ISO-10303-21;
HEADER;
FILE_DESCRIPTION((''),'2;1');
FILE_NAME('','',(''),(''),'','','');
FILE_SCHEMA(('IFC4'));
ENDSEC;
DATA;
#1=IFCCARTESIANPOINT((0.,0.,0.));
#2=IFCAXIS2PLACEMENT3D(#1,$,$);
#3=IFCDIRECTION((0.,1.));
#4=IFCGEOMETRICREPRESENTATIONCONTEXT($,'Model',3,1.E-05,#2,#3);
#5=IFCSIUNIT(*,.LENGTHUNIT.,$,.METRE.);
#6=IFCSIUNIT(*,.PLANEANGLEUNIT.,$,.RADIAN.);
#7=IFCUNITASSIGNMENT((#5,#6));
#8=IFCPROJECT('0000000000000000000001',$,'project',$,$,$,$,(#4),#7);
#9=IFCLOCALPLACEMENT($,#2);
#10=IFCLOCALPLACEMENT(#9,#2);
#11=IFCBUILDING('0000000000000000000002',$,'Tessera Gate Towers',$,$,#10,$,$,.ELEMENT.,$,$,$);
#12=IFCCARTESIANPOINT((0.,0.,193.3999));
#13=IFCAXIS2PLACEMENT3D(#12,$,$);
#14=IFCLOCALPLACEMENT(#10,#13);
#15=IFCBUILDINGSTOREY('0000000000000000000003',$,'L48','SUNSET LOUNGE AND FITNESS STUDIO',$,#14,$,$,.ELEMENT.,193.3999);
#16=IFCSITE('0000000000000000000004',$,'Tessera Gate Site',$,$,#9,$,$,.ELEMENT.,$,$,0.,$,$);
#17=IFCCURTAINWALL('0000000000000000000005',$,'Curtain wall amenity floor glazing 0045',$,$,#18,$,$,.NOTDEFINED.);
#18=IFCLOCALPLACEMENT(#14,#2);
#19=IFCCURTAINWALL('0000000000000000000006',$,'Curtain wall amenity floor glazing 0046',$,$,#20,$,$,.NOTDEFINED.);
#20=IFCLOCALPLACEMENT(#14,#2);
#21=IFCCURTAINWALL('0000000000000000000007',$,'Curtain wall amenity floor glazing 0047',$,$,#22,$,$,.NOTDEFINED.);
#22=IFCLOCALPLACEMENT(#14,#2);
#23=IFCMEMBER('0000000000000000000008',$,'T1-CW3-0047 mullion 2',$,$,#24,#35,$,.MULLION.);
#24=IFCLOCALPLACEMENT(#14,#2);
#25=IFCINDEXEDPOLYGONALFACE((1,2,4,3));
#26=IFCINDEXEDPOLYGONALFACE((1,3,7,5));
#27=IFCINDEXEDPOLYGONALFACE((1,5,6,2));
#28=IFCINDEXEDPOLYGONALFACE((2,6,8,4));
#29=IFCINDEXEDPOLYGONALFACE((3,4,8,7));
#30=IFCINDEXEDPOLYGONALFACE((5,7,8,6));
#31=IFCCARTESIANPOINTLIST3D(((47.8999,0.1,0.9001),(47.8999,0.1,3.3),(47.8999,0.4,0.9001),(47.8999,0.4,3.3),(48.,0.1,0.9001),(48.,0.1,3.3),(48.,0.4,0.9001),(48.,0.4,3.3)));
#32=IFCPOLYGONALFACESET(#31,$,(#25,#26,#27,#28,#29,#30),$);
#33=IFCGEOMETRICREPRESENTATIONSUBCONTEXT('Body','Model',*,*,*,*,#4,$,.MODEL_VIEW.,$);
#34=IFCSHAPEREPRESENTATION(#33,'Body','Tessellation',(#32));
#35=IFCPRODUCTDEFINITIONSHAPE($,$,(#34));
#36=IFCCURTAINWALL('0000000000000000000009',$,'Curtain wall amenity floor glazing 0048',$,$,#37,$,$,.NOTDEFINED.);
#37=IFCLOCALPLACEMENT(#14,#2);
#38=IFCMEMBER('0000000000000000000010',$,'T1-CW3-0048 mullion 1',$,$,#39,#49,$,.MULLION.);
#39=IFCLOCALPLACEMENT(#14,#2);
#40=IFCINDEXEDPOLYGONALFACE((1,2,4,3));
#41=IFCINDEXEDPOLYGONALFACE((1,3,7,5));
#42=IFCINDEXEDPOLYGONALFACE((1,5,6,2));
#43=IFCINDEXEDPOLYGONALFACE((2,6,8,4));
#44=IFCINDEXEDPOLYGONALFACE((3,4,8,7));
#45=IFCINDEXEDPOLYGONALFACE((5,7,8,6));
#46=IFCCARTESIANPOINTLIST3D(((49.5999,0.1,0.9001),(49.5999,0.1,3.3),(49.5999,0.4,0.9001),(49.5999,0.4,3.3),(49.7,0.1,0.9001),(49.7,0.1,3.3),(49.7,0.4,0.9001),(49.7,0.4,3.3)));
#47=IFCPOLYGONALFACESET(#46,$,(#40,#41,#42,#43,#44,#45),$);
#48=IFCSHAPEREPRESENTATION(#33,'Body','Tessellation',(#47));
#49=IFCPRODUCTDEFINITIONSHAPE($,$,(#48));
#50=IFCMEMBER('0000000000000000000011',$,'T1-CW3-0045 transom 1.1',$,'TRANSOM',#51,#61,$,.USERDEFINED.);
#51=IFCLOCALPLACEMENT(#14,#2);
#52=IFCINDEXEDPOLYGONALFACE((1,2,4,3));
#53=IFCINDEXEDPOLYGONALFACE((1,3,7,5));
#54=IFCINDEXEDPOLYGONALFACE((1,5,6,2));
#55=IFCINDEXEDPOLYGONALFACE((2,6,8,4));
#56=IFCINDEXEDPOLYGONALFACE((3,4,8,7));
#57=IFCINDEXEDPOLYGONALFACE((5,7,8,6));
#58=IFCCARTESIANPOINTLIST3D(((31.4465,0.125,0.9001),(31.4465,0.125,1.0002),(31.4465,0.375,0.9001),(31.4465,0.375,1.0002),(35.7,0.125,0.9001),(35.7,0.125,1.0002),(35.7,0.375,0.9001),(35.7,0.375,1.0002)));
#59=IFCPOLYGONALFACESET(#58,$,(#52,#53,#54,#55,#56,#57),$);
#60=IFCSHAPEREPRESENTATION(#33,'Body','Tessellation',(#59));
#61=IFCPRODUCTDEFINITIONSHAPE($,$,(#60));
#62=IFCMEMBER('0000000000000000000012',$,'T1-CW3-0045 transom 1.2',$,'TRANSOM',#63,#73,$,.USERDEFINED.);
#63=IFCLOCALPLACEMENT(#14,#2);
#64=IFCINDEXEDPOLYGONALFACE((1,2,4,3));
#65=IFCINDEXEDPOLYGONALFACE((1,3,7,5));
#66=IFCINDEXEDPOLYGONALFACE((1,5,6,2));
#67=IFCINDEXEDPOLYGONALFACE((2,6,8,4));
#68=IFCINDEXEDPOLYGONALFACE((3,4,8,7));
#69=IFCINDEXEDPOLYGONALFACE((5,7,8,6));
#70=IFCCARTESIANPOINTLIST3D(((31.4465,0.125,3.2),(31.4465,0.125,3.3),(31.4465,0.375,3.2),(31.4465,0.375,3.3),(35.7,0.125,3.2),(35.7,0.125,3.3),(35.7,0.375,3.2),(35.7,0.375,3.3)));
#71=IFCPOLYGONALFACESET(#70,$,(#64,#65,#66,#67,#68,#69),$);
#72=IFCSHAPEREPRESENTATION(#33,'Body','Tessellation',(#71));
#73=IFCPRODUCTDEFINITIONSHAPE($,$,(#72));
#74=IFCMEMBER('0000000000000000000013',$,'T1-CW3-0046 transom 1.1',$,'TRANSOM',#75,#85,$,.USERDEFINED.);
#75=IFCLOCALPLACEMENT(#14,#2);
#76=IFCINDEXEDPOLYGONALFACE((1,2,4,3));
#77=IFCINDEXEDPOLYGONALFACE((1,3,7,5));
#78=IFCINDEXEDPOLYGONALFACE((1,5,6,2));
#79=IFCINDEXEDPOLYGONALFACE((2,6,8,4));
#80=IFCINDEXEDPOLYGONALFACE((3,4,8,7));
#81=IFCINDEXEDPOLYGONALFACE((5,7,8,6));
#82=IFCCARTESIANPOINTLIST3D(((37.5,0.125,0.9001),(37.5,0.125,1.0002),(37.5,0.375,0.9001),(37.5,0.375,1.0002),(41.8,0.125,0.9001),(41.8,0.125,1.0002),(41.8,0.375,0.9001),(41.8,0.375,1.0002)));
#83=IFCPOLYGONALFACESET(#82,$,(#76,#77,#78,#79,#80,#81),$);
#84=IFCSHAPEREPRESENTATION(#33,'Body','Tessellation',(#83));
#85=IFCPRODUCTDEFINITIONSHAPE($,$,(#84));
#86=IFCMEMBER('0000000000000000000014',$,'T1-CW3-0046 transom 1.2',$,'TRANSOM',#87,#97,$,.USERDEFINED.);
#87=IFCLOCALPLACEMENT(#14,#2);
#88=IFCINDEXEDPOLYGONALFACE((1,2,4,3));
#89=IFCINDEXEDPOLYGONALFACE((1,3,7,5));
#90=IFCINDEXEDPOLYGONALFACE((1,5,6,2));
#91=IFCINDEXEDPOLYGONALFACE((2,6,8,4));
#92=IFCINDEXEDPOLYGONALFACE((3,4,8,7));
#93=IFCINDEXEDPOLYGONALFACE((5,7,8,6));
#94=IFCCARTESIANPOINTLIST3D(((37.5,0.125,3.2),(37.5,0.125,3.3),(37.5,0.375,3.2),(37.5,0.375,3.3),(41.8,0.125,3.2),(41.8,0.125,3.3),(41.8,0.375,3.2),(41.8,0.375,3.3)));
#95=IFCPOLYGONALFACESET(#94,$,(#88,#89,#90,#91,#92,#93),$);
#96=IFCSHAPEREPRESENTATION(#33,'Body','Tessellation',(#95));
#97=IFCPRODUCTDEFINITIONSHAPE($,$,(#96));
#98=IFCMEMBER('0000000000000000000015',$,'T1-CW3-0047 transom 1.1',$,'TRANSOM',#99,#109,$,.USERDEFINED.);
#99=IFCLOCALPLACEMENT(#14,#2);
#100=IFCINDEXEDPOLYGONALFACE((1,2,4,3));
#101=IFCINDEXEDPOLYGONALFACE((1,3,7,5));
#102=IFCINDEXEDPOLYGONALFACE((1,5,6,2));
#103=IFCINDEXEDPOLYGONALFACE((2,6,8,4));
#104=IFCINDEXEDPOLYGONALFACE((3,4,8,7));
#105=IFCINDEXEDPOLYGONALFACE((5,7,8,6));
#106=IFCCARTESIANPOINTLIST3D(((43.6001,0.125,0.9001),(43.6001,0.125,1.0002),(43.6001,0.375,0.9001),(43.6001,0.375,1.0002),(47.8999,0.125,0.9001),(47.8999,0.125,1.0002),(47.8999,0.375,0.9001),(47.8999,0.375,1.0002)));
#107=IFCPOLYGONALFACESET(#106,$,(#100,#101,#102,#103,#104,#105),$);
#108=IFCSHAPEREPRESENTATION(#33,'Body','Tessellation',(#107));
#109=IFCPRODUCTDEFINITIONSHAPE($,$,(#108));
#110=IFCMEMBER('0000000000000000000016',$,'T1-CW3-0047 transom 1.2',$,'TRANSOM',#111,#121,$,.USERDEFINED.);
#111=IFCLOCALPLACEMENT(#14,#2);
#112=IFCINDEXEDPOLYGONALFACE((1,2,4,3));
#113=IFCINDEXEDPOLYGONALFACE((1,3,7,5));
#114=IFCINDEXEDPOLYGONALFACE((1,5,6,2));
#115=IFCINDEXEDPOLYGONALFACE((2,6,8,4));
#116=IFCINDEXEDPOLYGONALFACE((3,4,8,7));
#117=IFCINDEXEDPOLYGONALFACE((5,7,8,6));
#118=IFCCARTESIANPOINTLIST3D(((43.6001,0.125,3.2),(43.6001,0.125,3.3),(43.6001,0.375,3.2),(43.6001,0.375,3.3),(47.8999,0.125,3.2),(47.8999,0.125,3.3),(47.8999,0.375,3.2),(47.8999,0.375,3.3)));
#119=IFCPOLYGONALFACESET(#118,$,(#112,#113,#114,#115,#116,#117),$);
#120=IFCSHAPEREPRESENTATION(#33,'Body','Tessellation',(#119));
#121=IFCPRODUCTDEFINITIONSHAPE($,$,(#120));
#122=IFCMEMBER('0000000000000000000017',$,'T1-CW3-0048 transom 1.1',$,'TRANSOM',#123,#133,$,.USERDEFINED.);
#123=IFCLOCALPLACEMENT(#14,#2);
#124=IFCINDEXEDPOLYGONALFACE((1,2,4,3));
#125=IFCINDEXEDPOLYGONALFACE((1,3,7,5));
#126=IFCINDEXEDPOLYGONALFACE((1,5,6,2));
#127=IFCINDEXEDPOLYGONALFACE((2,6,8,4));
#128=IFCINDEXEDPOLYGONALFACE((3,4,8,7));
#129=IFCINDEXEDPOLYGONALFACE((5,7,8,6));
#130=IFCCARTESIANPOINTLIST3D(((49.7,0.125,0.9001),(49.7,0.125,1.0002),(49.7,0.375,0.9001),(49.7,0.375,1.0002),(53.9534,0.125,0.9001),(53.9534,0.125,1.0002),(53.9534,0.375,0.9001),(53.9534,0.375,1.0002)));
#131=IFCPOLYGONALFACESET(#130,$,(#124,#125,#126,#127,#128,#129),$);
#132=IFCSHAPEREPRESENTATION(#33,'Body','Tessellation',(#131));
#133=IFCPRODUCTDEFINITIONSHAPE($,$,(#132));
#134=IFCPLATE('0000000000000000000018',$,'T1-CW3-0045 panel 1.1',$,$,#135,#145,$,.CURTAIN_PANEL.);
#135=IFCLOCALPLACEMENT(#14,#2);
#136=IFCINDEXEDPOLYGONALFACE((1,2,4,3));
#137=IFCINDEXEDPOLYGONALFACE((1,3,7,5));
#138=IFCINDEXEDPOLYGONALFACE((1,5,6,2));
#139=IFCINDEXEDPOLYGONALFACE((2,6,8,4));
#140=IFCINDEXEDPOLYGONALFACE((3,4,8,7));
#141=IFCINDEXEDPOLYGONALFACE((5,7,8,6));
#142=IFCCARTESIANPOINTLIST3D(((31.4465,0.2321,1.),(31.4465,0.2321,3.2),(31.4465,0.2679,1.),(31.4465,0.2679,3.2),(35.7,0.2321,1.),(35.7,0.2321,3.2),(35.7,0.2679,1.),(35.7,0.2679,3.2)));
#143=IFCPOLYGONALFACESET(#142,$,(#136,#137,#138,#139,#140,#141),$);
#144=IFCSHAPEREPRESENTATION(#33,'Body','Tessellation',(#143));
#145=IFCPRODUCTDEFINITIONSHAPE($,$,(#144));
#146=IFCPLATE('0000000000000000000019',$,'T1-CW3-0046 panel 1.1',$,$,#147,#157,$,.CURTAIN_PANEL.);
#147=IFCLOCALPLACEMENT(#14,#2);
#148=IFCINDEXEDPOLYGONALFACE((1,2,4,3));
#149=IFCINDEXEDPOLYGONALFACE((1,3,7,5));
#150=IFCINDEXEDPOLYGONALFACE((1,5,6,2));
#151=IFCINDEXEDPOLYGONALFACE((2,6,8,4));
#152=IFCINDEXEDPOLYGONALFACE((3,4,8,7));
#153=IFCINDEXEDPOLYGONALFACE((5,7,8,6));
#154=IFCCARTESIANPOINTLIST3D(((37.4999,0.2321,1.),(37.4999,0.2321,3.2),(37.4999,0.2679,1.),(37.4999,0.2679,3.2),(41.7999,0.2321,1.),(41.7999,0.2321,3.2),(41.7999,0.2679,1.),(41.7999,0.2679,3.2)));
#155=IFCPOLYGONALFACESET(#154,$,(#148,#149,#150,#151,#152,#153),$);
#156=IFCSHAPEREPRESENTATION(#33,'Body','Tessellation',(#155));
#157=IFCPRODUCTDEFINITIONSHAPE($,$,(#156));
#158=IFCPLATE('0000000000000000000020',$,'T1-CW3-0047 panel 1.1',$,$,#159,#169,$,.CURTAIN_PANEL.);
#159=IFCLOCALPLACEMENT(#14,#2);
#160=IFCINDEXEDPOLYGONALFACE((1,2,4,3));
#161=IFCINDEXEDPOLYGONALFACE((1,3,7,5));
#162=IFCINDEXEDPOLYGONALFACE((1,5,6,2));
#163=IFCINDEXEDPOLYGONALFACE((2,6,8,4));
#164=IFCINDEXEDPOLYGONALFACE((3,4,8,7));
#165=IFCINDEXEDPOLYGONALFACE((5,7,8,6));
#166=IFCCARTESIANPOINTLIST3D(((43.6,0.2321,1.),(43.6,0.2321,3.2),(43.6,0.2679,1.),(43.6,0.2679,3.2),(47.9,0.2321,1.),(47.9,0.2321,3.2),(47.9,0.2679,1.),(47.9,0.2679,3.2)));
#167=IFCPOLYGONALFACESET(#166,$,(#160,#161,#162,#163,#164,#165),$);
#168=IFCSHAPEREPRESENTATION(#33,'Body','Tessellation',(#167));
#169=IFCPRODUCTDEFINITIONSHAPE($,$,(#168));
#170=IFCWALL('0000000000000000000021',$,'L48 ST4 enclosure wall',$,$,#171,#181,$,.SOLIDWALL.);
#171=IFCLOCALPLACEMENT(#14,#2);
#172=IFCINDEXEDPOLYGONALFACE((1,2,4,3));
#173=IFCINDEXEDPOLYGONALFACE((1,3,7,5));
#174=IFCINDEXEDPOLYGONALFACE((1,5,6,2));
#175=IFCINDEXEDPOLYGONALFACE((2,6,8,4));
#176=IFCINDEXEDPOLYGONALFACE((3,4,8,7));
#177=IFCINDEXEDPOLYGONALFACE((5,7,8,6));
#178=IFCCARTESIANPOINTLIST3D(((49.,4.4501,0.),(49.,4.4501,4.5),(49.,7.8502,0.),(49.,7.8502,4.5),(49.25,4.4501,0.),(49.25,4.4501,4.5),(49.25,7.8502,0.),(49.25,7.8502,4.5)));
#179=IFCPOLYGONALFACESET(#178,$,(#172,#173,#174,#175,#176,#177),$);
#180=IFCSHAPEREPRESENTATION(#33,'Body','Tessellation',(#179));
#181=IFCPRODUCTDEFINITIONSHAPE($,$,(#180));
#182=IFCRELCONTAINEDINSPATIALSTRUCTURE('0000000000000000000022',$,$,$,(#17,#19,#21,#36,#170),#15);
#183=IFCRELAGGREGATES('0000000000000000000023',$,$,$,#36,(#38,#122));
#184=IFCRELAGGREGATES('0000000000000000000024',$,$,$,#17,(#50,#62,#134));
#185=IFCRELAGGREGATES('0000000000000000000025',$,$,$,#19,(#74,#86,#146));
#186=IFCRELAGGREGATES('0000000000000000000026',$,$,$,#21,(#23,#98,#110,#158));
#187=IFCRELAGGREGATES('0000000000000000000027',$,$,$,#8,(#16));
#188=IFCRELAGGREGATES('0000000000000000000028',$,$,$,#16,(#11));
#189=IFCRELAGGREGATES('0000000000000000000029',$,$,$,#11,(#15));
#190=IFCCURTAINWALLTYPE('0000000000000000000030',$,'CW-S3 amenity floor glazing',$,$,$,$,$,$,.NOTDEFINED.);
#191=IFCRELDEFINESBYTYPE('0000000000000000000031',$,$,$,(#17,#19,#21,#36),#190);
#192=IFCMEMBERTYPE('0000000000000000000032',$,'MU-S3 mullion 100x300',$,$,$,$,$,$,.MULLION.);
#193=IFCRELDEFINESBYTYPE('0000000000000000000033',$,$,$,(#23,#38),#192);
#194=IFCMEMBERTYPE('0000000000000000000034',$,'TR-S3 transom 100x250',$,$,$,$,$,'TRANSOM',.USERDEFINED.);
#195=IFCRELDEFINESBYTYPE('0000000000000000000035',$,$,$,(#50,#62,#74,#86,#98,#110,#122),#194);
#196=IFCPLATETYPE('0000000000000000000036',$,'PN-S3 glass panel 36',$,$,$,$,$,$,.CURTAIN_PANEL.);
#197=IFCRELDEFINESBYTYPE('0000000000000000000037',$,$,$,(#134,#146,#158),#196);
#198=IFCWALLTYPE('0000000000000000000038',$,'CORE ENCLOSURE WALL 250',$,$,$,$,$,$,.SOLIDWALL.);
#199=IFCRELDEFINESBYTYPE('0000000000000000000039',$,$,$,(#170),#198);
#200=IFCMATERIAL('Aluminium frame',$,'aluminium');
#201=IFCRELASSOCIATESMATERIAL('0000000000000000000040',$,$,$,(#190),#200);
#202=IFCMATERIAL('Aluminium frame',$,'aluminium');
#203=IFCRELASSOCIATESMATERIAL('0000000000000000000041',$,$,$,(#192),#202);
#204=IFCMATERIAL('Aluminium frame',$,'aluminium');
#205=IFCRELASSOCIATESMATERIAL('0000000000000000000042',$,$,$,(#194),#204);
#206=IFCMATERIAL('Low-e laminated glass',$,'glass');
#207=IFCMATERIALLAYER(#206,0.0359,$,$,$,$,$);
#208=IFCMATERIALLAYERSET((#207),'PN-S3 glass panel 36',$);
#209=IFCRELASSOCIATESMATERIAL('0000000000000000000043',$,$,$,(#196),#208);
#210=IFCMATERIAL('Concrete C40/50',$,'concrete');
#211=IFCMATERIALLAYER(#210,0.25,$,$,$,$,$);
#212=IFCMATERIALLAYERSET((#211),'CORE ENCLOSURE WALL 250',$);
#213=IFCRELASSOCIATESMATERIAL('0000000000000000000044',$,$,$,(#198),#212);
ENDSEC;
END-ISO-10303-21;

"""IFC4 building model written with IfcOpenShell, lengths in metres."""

from ifc_helpers import new_model, si_unit, direction, frame, frame_2d, origin, origin_2d, place, context, subcontext, project, spatial, rectangle, extrude, material, layer, layer_set, material_profile, profile_set, type_object, element, aggregate, save


model = new_model("IFC4")

# Units and contexts
model_context = context("Model", 3, precision=1e-05, world=origin(), true_north=direction((0.0, 1.0)))
body_context = subcontext(model_context, "Body", "Model", "MODEL_VIEW")
ifc_project = project(units=[si_unit("LENGTHUNIT", "METRE"), si_unit("PLANEANGLEUNIT", "RADIAN")], contexts=[model_context])

# Site, building, storey
site_placement = place(None, origin())
site = spatial("IfcSite", under=ifc_project, at=site_placement, Name="Tessera Gate Site", CompositionType="ELEMENT", RefElevation=0.0)
building_placement = place(site_placement, origin())
building = spatial("IfcBuilding", under=site, at=building_placement, Name="Tessera Gate Towers", CompositionType="ELEMENT")
storey_placement = place(building_placement, frame((0.0, 0.0, 193.3999)))
storey = spatial("IfcBuildingStorey", under=building, at=storey_placement, Name="L48", Description="SUNSET LOUNGE AND FITNESS STUDIO", CompositionType="ELEMENT", Elevation=193.3999)

# Curtain walls, member
ifc_material_1 = material(Name="Aluminium frame", Category="aluminium")
curtain_wall_type = type_object("IfcCurtainWallType", Name="CW-S3 amenity floor glazing", PredefinedType="NOTDEFINED", material=ifc_material_1)
curtain_wall_1_placement = place(storey_placement, origin())
curtain_wall_1 = element("IfcCurtainWall", 1, at=curtain_wall_1_placement, inside=storey, type_object=curtain_wall_type, Name="Curtain wall amenity floor glazing 0045", PredefinedType="NOTDEFINED")
ifc_material_2 = material(Name="Aluminium frame", Category="aluminium")
ifc_material_profile_1 = material_profile(ifc_material_2, rectangle(XDim=0.1001, YDim=0.3, at=origin_2d()), Name="AL 100x300")
ifc_profile_set_1 = profile_set([ifc_material_profile_1], Name="Aluminium frame")
member_type_1 = type_object("IfcMemberType", Name="MU-S3 mullion 100x300", PredefinedType="MULLION", material=ifc_profile_set_1)
curtain_wall_2_placement = place(storey_placement, origin())
curtain_wall_2 = element("IfcCurtainWall", 2, at=curtain_wall_2_placement, inside=storey, type_object=curtain_wall_type, Name="Curtain wall amenity floor glazing 0046", PredefinedType="NOTDEFINED")
curtain_wall_3_placement = place(storey_placement, origin())
curtain_wall_3 = element("IfcCurtainWall", 3, at=curtain_wall_3_placement, inside=storey, type_object=curtain_wall_type, Name="Curtain wall amenity floor glazing 0047", PredefinedType="NOTDEFINED")
member_1_placement = place(storey_placement, frame((47.95, 0.25, 0.9001), z_axis=(0.0, 0.0, 1.0), x_axis=(1.0, 0.0, 0.0)))
member_1 = element("IfcMember", 4, at=member_1_placement, type_object=member_type_1, Name="T1-CW3-0047 mullion 2", PredefinedType="MULLION", context=body_context, shape_type="SweptSolid", body=[
    extrude(rectangle(XDim=0.1001, YDim=0.3, at=origin_2d()), origin(), (0.0, 0.0, 1.0), 2.3999),
])

# Curtain wall, member
curtain_wall_4_placement = place(storey_placement, origin())
curtain_wall_4 = element("IfcCurtainWall", 5, at=curtain_wall_4_placement, inside=storey, type_object=curtain_wall_type, Name="Curtain wall amenity floor glazing 0048", PredefinedType="NOTDEFINED")
member_2_placement = place(storey_placement, frame((49.6499, 0.25, 0.9001), z_axis=(0.0, 0.0, 1.0), x_axis=(1.0, 0.0, 0.0)))
member_2 = element("IfcMember", 6, at=member_2_placement, type_object=member_type_1, Name="T1-CW3-0048 mullion 1", PredefinedType="MULLION", context=body_context, shape_type="SweptSolid", body=[
    extrude(rectangle(XDim=0.1001, YDim=0.3, at=origin_2d()), origin(), (0.0, 0.0, 1.0), 2.3999),
])

# Members
ifc_material_3 = material(Name="Aluminium frame", Category="aluminium")
ifc_material_profile_2 = material_profile(ifc_material_3, rectangle(XDim=0.25, YDim=0.1001, at=origin_2d()), Name="AL 100x250")
ifc_profile_set_2 = profile_set([ifc_material_profile_2], Name="Aluminium frame")
member_type_2 = type_object("IfcMemberType", Name="TR-S3 transom 100x250", ElementType="TRANSOM", PredefinedType="USERDEFINED", material=ifc_profile_set_2)
member_3_placement = place(storey_placement, frame((31.4465, 0.25, 0.9502), z_axis=(1.0, 0.0, 0.0), x_axis=(0.0, 1.0, 0.0)))
member_3 = element("IfcMember", 7, at=member_3_placement, type_object=member_type_2, Name="T1-CW3-0045 transom 1.1", ObjectType="TRANSOM", PredefinedType="USERDEFINED", context=body_context, shape_type="SweptSolid", body=[
    extrude(rectangle(XDim=0.25, YDim=0.1001, at=origin_2d()), origin(), (0.0, 0.0, 1.0), 4.2534),
])
member_4_placement = place(storey_placement, frame((31.4465, 0.25, 3.25), z_axis=(1.0, 0.0, 0.0), x_axis=(0.0, 1.0, 0.0)))
member_4 = element("IfcMember", 8, at=member_4_placement, type_object=member_type_2, Name="T1-CW3-0045 transom 1.2", ObjectType="TRANSOM", PredefinedType="USERDEFINED", context=body_context, shape_type="SweptSolid", body=[
    extrude(rectangle(XDim=0.25, YDim=0.1001, at=origin_2d()), origin(), (0.0, 0.0, 1.0), 4.2534),
])
member_5_placement = place(storey_placement, frame((37.5, 0.25, 0.9502), z_axis=(1.0, 0.0, 0.0), x_axis=(0.0, 1.0, 0.0)))
member_5 = element("IfcMember", 9, at=member_5_placement, type_object=member_type_2, Name="T1-CW3-0046 transom 1.1", ObjectType="TRANSOM", PredefinedType="USERDEFINED", context=body_context, shape_type="SweptSolid", body=[
    extrude(rectangle(XDim=0.25, YDim=0.1001, at=origin_2d()), origin(), (0.0, 0.0, 1.0), 4.3),
])
member_6_placement = place(storey_placement, frame((37.5, 0.25, 3.25), z_axis=(1.0, 0.0, 0.0), x_axis=(0.0, 1.0, 0.0)))
member_6 = element("IfcMember", 10, at=member_6_placement, type_object=member_type_2, Name="T1-CW3-0046 transom 1.2", ObjectType="TRANSOM", PredefinedType="USERDEFINED", context=body_context, shape_type="SweptSolid", body=[
    extrude(rectangle(XDim=0.25, YDim=0.1001, at=origin_2d()), origin(), (0.0, 0.0, 1.0), 4.3),
])
member_7_placement = place(storey_placement, frame((43.6001, 0.25, 0.9502), z_axis=(1.0, 0.0, 0.0), x_axis=(0.0, 1.0, 0.0)))
member_7 = element("IfcMember", 11, at=member_7_placement, type_object=member_type_2, Name="T1-CW3-0047 transom 1.1", ObjectType="TRANSOM", PredefinedType="USERDEFINED", context=body_context, shape_type="SweptSolid", body=[
    extrude(rectangle(XDim=0.25, YDim=0.1001, at=origin_2d()), origin(), (0.0, 0.0, 1.0), 4.2998),
])
member_8_placement = place(storey_placement, frame((43.6001, 0.25, 3.25), z_axis=(1.0, 0.0, 0.0), x_axis=(0.0, 1.0, 0.0)))
member_8 = element("IfcMember", 12, at=member_8_placement, type_object=member_type_2, Name="T1-CW3-0047 transom 1.2", ObjectType="TRANSOM", PredefinedType="USERDEFINED", context=body_context, shape_type="SweptSolid", body=[
    extrude(rectangle(XDim=0.25, YDim=0.1001, at=origin_2d()), origin(), (0.0, 0.0, 1.0), 4.2998),
])
member_9_placement = place(storey_placement, frame((49.7, 0.25, 0.9502), z_axis=(1.0, 0.0, 0.0), x_axis=(0.0, 1.0, 0.0)))
member_9 = element("IfcMember", 13, at=member_9_placement, type_object=member_type_2, Name="T1-CW3-0048 transom 1.1", ObjectType="TRANSOM", PredefinedType="USERDEFINED", context=body_context, shape_type="SweptSolid", body=[
    extrude(rectangle(XDim=0.25, YDim=0.1001, at=origin_2d()), origin(), (0.0, 0.0, 1.0), 4.2534),
])
aggregate(curtain_wall_4, [member_2, member_9])

# Plates
ifc_material_4 = material(Name="Low-e laminated glass", Category="glass")
ifc_layer_1 = layer(ifc_material_4, 0.0359)
ifc_layer_set_1 = layer_set([ifc_layer_1], Name="PN-S3 glass panel 36")
plate_type = type_object("IfcPlateType", Name="PN-S3 glass panel 36", PredefinedType="CURTAIN_PANEL", material=ifc_layer_set_1)
plate_1_placement = place(storey_placement, frame((33.5732, 0.25, 1.0), z_axis=(0.0, 0.0, 1.0), x_axis=(1.0, 0.0, 0.0)))
plate_1 = element("IfcPlate", 14, at=plate_1_placement, type_object=plate_type, Name="T1-CW3-0045 panel 1.1", PredefinedType="CURTAIN_PANEL", context=body_context, shape_type="SweptSolid", body=[
    extrude(rectangle(XDim=4.2534, YDim=0.0359, at=origin_2d()), origin(), (0.0, 0.0, 1.0), 2.2),
])
aggregate(curtain_wall_1, [member_3, member_4, plate_1])
plate_2_placement = place(storey_placement, frame((39.6499, 0.25, 1.0), z_axis=(0.0, 0.0, 1.0), x_axis=(1.0, 0.0, 0.0)))
plate_2 = element("IfcPlate", 15, at=plate_2_placement, type_object=plate_type, Name="T1-CW3-0046 panel 1.1", PredefinedType="CURTAIN_PANEL", context=body_context, shape_type="SweptSolid", body=[
    extrude(rectangle(XDim=4.3, YDim=0.0359, at=origin_2d()), origin(), (0.0, 0.0, 1.0), 2.2),
])
aggregate(curtain_wall_2, [member_5, member_6, plate_2])
plate_3_placement = place(storey_placement, frame((45.75, 0.25, 1.0), z_axis=(0.0, 0.0, 1.0), x_axis=(1.0, 0.0, 0.0)))
plate_3 = element("IfcPlate", 16, at=plate_3_placement, type_object=plate_type, Name="T1-CW3-0047 panel 1.1", PredefinedType="CURTAIN_PANEL", context=body_context, shape_type="SweptSolid", body=[
    extrude(rectangle(XDim=4.3, YDim=0.0359, at=origin_2d()), origin(), (0.0, 0.0, 1.0), 2.2),
])
aggregate(curtain_wall_3, [member_1, member_7, member_8, plate_3])

# Wall
ifc_material_5 = material(Name="Concrete C40/50", Category="concrete")
ifc_layer_2 = layer(ifc_material_5, 0.25)
ifc_layer_set_2 = layer_set([ifc_layer_2], Name="CORE ENCLOSURE WALL 250")
wall_type_1 = type_object("IfcWallType", Name="CORE ENCLOSURE WALL 250", PredefinedType="SOLIDWALL", material=ifc_layer_set_2)
wall_1_placement = place(storey_placement, frame((49.125, 4.45, 0.0), z_axis=(0.0, 0.0, 1.0), x_axis=(0.0, 1.0, 0.0)))
element("IfcWall", 17, at=wall_1_placement, inside=storey, type_object=wall_type_1, Name="L48 ST4 enclosure wall", PredefinedType="SOLIDWALL", context=body_context, shape_type="SweptSolid", body=[
    extrude(rectangle(XDim=3.4001, YDim=0.25, at=frame_2d((1.7002, 0.0))), origin(), (0.0, 0.0, 1.0), 4.5),
])

save(model, "model.ifc")
